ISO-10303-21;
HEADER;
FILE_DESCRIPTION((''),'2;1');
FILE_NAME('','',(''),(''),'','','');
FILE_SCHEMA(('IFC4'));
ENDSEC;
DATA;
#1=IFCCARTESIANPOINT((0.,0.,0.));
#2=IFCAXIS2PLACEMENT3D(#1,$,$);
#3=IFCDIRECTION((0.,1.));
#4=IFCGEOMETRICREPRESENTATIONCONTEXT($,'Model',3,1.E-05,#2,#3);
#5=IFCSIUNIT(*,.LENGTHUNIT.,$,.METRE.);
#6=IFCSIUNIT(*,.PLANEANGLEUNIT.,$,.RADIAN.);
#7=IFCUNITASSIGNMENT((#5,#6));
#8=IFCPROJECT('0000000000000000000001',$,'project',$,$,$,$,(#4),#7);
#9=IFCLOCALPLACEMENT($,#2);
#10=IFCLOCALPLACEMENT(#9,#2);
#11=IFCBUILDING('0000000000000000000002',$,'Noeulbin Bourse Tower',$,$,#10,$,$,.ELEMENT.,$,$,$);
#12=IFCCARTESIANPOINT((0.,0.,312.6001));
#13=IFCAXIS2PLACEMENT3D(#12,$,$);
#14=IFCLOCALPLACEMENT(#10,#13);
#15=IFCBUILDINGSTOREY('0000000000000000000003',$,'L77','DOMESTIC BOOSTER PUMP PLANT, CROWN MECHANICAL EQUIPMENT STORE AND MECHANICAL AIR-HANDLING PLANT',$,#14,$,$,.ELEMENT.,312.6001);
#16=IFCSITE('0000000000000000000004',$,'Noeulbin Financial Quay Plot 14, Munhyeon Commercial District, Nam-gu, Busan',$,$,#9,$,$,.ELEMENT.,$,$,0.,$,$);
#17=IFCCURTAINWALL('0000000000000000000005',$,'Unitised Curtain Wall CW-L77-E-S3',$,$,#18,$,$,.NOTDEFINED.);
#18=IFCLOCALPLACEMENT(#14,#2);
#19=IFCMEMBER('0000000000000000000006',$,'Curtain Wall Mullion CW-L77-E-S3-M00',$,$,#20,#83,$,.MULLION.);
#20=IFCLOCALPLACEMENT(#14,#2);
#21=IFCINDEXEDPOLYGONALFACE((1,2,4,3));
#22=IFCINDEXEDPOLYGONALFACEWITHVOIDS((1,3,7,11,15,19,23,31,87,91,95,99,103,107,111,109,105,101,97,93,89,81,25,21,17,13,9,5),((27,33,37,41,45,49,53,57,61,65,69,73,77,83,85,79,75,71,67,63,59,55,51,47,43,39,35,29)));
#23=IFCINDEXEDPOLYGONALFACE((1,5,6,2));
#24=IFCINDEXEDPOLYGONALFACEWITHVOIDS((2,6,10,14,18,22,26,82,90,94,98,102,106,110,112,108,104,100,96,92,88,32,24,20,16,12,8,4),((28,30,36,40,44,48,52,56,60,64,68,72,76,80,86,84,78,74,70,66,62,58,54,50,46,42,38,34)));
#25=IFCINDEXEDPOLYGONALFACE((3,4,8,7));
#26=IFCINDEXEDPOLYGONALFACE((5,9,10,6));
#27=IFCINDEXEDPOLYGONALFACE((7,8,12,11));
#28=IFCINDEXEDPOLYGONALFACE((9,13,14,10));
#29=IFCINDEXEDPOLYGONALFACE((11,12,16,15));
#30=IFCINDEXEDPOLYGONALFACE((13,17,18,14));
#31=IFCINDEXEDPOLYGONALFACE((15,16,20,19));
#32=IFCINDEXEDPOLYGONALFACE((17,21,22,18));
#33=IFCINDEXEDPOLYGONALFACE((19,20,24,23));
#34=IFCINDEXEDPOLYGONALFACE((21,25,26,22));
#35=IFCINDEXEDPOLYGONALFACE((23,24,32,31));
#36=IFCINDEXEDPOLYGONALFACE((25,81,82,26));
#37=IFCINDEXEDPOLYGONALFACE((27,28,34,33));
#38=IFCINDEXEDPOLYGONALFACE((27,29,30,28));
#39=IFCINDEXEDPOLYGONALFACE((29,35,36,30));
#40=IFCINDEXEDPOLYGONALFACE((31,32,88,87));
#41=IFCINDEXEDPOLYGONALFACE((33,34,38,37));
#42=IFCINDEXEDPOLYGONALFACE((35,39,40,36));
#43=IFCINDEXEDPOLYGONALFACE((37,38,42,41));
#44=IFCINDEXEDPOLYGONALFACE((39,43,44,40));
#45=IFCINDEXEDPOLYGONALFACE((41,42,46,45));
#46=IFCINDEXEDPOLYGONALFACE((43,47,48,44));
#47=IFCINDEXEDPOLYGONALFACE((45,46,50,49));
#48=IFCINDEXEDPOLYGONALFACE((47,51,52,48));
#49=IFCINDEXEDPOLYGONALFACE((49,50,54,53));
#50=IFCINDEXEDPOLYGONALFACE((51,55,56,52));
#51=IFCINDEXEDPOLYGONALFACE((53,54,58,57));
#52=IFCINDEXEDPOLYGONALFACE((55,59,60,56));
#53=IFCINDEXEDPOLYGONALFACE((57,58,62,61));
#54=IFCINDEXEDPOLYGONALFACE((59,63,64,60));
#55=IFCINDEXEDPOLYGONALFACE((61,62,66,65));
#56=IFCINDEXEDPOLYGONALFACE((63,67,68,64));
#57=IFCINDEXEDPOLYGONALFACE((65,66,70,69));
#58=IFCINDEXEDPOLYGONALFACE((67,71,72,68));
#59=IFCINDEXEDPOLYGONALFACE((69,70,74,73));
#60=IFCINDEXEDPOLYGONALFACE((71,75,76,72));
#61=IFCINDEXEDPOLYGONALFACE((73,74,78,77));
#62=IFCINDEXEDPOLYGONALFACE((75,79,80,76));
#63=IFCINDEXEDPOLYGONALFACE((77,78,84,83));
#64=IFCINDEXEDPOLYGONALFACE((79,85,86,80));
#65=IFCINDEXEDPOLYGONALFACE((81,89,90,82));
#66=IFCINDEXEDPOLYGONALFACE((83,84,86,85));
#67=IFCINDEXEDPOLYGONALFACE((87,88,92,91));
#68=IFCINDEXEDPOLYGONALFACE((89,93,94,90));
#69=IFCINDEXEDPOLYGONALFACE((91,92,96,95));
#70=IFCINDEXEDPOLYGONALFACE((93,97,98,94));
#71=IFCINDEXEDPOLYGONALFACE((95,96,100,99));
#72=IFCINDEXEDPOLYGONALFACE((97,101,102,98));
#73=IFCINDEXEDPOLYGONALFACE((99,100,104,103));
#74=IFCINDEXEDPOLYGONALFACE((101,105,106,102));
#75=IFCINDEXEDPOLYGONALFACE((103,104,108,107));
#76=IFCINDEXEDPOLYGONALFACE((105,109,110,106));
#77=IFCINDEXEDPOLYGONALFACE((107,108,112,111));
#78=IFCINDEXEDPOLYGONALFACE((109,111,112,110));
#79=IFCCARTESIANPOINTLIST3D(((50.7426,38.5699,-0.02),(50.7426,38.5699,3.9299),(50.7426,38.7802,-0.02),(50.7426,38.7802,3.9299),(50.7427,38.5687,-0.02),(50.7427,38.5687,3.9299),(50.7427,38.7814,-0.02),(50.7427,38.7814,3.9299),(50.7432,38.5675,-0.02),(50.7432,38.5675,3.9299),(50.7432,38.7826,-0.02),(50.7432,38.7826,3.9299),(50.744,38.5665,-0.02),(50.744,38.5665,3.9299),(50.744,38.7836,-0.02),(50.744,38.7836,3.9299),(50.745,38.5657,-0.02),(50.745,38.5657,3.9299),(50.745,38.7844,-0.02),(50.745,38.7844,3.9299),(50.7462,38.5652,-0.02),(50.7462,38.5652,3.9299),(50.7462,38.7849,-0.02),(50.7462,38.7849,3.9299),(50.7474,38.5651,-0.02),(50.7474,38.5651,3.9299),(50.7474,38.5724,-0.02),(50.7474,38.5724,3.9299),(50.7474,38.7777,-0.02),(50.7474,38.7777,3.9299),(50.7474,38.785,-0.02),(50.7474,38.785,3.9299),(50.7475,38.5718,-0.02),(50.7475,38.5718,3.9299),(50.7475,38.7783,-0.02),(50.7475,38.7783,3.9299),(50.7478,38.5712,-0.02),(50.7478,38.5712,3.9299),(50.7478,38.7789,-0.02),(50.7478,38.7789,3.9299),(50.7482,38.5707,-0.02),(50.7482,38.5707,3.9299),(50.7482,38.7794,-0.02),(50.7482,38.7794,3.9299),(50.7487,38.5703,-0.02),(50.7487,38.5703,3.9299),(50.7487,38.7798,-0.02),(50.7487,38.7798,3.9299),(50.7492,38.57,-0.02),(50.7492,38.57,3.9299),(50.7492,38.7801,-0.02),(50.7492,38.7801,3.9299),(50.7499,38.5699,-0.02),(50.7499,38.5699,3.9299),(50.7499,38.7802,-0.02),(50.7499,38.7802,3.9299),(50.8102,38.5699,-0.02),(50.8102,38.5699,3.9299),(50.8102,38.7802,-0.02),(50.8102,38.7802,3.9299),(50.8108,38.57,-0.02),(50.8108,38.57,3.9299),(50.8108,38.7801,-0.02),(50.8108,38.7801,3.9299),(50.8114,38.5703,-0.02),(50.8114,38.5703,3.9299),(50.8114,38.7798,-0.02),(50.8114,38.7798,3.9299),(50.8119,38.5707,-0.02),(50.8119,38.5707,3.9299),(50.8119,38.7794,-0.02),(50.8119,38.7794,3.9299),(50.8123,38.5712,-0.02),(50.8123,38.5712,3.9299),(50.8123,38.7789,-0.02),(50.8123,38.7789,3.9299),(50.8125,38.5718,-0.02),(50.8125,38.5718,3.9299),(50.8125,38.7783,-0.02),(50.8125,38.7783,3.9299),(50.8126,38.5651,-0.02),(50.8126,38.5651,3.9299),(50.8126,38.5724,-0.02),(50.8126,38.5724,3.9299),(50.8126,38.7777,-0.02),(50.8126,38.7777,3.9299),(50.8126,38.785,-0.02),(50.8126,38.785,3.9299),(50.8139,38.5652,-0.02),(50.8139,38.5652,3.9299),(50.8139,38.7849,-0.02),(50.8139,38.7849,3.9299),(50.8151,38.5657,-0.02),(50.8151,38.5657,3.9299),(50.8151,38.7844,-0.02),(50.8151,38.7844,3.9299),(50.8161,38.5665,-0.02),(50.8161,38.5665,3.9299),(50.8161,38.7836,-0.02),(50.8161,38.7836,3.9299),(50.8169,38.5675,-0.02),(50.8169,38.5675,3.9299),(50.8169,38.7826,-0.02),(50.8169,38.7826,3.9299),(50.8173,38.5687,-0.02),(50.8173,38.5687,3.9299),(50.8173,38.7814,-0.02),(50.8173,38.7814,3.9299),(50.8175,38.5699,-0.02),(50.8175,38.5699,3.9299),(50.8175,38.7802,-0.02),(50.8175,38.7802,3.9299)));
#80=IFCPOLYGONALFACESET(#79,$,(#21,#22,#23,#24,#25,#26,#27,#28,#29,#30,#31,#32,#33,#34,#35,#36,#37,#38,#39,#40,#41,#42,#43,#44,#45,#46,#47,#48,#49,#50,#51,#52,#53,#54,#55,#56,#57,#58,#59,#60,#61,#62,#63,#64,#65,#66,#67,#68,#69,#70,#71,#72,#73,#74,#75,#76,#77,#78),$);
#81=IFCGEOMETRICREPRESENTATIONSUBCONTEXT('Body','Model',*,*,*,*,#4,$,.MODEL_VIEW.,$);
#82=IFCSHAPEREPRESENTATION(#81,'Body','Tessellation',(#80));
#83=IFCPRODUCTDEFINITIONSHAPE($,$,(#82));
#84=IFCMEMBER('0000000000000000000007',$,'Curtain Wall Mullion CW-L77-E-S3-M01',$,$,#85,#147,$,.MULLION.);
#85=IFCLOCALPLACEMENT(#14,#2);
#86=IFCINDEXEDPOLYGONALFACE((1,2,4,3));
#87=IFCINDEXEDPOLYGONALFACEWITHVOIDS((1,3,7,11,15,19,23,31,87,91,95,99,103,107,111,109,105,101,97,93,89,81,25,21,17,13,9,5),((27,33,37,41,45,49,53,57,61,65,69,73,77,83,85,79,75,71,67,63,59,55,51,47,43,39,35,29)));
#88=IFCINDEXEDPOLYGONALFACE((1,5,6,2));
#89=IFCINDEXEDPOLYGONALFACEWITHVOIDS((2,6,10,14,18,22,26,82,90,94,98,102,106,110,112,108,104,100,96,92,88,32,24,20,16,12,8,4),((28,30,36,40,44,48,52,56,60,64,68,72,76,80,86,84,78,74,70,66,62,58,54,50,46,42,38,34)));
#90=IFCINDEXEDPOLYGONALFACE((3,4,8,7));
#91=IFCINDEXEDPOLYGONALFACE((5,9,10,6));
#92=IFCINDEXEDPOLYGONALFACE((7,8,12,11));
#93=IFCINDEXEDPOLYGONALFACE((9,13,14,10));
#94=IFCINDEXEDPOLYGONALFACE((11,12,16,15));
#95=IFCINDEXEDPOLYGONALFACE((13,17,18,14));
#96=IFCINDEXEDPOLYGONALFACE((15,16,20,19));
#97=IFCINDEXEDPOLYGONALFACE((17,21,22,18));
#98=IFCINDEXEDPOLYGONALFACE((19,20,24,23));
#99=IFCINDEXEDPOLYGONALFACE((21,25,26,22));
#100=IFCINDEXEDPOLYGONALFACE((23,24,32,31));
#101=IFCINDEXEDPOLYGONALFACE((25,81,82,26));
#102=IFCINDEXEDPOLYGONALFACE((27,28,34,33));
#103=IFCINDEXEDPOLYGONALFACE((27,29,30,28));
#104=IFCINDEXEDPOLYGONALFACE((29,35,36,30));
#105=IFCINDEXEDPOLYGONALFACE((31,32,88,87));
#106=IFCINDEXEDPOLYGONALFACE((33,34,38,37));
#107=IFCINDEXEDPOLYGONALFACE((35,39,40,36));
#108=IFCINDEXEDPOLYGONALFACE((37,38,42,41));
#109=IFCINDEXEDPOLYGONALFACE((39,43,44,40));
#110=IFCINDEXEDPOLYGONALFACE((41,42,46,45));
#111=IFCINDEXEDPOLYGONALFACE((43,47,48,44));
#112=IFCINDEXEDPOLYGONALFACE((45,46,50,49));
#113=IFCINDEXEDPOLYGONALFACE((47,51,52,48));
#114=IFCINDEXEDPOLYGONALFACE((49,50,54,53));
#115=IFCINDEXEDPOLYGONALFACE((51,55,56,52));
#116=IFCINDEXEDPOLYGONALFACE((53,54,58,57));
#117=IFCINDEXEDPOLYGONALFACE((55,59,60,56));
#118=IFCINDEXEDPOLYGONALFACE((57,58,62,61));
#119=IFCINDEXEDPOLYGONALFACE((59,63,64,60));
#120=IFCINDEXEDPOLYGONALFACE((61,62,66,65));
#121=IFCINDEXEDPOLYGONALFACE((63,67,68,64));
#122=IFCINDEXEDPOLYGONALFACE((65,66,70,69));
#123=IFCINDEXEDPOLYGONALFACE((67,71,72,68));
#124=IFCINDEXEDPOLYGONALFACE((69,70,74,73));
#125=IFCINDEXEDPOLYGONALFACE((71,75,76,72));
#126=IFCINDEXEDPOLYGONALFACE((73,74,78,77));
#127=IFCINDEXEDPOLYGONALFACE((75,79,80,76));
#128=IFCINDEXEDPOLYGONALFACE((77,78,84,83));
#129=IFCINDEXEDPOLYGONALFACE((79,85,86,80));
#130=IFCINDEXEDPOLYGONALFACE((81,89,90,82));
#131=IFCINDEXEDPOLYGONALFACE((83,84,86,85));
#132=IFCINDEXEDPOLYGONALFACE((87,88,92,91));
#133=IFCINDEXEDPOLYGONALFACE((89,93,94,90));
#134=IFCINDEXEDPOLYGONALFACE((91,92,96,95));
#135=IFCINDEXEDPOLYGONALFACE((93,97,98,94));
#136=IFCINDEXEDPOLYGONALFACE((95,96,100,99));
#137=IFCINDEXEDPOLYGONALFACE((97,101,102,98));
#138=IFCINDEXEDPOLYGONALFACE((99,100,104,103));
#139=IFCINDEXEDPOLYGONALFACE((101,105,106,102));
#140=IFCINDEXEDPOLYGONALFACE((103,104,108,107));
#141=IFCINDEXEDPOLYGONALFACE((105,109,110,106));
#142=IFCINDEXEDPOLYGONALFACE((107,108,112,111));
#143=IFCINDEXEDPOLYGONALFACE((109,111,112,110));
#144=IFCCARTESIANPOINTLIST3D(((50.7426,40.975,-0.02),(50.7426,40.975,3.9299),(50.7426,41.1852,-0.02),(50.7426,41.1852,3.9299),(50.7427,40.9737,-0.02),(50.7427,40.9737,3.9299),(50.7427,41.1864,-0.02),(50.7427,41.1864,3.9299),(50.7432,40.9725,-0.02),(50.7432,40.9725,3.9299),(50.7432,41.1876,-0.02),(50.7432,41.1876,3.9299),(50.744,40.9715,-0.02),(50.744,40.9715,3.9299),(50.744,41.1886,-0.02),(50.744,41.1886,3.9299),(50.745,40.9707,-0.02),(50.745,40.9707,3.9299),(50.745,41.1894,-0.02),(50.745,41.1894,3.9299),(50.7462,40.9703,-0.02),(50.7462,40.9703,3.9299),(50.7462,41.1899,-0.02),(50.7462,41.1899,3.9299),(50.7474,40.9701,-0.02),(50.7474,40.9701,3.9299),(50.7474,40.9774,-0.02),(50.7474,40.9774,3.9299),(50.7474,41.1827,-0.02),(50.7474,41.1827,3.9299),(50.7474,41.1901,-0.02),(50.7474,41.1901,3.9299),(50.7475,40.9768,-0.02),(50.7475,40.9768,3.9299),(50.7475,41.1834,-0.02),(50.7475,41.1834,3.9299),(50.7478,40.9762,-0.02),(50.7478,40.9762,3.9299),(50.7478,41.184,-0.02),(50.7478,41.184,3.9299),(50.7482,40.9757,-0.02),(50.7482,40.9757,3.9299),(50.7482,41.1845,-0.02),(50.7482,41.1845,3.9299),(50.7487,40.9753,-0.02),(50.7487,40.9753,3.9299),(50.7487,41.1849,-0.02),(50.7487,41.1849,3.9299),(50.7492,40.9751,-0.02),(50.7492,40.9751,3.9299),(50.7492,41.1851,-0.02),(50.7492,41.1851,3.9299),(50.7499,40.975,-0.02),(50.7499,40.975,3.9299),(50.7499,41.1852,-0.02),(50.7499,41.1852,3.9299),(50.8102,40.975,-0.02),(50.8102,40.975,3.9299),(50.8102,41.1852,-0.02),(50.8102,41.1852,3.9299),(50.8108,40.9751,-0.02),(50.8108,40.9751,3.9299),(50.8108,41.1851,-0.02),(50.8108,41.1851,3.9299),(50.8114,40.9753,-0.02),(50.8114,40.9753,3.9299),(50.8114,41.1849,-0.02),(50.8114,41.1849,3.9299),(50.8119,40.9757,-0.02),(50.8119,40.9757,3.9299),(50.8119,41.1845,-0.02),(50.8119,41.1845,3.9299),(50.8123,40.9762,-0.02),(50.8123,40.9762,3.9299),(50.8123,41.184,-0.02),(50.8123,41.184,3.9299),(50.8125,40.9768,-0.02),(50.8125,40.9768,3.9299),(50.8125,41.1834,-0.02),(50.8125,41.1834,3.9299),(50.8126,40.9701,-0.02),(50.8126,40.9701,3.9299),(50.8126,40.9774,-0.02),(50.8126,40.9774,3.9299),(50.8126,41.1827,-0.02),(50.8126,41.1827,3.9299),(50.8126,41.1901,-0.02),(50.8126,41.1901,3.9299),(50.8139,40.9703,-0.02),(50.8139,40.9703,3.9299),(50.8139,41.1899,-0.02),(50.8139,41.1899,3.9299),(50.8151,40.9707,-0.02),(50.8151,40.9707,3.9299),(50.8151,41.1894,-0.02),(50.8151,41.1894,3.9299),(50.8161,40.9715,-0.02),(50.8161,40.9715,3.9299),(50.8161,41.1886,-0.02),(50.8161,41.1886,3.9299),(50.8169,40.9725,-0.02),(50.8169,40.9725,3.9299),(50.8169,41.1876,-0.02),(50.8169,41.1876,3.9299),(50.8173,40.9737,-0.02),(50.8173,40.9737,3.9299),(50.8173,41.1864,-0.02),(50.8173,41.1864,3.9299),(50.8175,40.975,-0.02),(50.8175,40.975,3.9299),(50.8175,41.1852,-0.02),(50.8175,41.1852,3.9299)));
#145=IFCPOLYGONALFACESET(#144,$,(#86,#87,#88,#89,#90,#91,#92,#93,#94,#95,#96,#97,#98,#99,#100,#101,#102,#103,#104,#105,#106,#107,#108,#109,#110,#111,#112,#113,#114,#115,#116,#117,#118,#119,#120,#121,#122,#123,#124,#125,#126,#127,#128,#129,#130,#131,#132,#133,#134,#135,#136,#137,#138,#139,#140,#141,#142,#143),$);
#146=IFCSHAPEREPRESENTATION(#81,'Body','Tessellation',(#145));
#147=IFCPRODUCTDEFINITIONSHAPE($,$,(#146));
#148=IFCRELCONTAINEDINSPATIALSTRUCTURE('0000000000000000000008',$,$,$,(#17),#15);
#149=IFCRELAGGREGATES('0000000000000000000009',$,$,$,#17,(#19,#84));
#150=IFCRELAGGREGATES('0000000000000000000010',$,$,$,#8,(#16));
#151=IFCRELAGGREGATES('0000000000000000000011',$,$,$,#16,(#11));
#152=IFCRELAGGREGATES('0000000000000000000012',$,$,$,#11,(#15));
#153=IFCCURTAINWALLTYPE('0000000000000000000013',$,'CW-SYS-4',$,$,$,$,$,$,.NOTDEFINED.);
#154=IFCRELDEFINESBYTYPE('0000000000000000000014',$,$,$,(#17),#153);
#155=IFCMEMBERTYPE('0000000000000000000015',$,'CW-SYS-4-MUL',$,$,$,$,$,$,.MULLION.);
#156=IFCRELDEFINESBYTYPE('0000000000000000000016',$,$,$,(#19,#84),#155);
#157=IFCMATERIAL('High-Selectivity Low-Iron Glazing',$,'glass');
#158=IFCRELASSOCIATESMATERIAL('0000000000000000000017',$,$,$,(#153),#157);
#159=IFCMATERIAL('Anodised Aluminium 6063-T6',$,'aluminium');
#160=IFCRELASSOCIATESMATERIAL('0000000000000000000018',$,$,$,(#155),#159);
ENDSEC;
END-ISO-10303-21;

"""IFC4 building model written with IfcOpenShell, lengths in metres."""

from ifc_helpers import new_model, si_unit, direction, frame, origin, origin_2d, place, context, subcontext, project, spatial, hollow_rectangle, extrude, material, material_profile, profile_set, type_object, element, aggregate, save


model = new_model("IFC4")

# Units and contexts
model_context = context("Model", 3, precision=1e-05, world=origin(), true_north=direction((0.0, 1.0)))
body_context = subcontext(model_context, "Body", "Model", "MODEL_VIEW")
ifc_project = project(units=[si_unit("LENGTHUNIT", "METRE"), si_unit("PLANEANGLEUNIT", "RADIAN")], contexts=[model_context])

# Site, building, storey
site_placement = place(None, origin())
site = spatial("IfcSite", under=ifc_project, at=site_placement, Name="Noeulbin Financial Quay Plot 14, Munhyeon Commercial District, Nam-gu, Busan", CompositionType="ELEMENT", RefElevation=0.0)
building_placement = place(site_placement, origin())
building = spatial("IfcBuilding", under=site, at=building_placement, Name="Noeulbin Bourse Tower", CompositionType="ELEMENT")
storey_placement = place(building_placement, frame((0.0, 0.0, 312.6001)))
storey = spatial("IfcBuildingStorey", under=building, at=storey_placement, Name="L77", Description="DOMESTIC BOOSTER PUMP PLANT, CROWN MECHANICAL EQUIPMENT STORE AND MECHANICAL AIR-HANDLING PLANT", CompositionType="ELEMENT", Elevation=312.6001)

# Shared definitions
ifc_material_1 = material(Name="High-Selectivity Low-Iron Glazing", Category="glass")
curtain_wall_type = type_object("IfcCurtainWallType", Name="CW-SYS-4", PredefinedType="NOTDEFINED", material=ifc_material_1)
ifc_material_2 = material(Name="Anodised Aluminium 6063-T6", Category="aluminium")
ifc_material_profile_1 = material_profile(ifc_material_2, hollow_rectangle(XDim=0.075, YDim=0.22, WallThickness=0.0049, InnerFilletRadius=0.0024, OuterFilletRadius=0.0049, at=origin_2d()), Name="ALU-MULL-75x220x5", Category="LoadBearing")
ifc_profile_set_1 = profile_set([ifc_material_profile_1], Name="Anodised Aluminium 6063-T6")
member_type_1 = type_object("IfcMemberType", Name="CW-SYS-4-MUL", PredefinedType="MULLION", material=ifc_profile_set_1)

# Curtain wall, members
curtain_wall_1_placement = place(storey_placement, origin())
curtain_wall_1 = element("IfcCurtainWall", 1, at=curtain_wall_1_placement, inside=storey, type_object=curtain_wall_type, Name="Unitised Curtain Wall CW-L77-E-S3", PredefinedType="NOTDEFINED")
member_1_placement = place(storey_placement, frame((50.78, 38.675, -0.02), z_axis=(0.0, 0.0, 1.0), x_axis=(1.0, 0.0, 0.0)))
member_1 = element("IfcMember", 2, at=member_1_placement, type_object=member_type_1, Name="Curtain Wall Mullion CW-L77-E-S3-M00", PredefinedType="MULLION", context=body_context, shape_type="SweptSolid", body=[
    extrude(hollow_rectangle(XDim=0.075, YDim=0.22, WallThickness=0.0049, InnerFilletRadius=0.0024, OuterFilletRadius=0.0049, at=origin_2d()), origin(), (0.0, 0.0, 1.0), 3.95),
])
member_2_placement = place(storey_placement, frame((50.78, 41.0801, -0.02), z_axis=(0.0, 0.0, 1.0), x_axis=(1.0, 0.0, 0.0)))
member_2 = element("IfcMember", 3, at=member_2_placement, type_object=member_type_1, Name="Curtain Wall Mullion CW-L77-E-S3-M01", PredefinedType="MULLION", context=body_context, shape_type="SweptSolid", body=[
    extrude(hollow_rectangle(XDim=0.075, YDim=0.22, WallThickness=0.0049, InnerFilletRadius=0.0024, OuterFilletRadius=0.0049, at=origin_2d()), origin(), (0.0, 0.0, 1.0), 3.95),
])

aggregate(curtain_wall_1, [member_1, member_2])

save(model, "model.ifc")
